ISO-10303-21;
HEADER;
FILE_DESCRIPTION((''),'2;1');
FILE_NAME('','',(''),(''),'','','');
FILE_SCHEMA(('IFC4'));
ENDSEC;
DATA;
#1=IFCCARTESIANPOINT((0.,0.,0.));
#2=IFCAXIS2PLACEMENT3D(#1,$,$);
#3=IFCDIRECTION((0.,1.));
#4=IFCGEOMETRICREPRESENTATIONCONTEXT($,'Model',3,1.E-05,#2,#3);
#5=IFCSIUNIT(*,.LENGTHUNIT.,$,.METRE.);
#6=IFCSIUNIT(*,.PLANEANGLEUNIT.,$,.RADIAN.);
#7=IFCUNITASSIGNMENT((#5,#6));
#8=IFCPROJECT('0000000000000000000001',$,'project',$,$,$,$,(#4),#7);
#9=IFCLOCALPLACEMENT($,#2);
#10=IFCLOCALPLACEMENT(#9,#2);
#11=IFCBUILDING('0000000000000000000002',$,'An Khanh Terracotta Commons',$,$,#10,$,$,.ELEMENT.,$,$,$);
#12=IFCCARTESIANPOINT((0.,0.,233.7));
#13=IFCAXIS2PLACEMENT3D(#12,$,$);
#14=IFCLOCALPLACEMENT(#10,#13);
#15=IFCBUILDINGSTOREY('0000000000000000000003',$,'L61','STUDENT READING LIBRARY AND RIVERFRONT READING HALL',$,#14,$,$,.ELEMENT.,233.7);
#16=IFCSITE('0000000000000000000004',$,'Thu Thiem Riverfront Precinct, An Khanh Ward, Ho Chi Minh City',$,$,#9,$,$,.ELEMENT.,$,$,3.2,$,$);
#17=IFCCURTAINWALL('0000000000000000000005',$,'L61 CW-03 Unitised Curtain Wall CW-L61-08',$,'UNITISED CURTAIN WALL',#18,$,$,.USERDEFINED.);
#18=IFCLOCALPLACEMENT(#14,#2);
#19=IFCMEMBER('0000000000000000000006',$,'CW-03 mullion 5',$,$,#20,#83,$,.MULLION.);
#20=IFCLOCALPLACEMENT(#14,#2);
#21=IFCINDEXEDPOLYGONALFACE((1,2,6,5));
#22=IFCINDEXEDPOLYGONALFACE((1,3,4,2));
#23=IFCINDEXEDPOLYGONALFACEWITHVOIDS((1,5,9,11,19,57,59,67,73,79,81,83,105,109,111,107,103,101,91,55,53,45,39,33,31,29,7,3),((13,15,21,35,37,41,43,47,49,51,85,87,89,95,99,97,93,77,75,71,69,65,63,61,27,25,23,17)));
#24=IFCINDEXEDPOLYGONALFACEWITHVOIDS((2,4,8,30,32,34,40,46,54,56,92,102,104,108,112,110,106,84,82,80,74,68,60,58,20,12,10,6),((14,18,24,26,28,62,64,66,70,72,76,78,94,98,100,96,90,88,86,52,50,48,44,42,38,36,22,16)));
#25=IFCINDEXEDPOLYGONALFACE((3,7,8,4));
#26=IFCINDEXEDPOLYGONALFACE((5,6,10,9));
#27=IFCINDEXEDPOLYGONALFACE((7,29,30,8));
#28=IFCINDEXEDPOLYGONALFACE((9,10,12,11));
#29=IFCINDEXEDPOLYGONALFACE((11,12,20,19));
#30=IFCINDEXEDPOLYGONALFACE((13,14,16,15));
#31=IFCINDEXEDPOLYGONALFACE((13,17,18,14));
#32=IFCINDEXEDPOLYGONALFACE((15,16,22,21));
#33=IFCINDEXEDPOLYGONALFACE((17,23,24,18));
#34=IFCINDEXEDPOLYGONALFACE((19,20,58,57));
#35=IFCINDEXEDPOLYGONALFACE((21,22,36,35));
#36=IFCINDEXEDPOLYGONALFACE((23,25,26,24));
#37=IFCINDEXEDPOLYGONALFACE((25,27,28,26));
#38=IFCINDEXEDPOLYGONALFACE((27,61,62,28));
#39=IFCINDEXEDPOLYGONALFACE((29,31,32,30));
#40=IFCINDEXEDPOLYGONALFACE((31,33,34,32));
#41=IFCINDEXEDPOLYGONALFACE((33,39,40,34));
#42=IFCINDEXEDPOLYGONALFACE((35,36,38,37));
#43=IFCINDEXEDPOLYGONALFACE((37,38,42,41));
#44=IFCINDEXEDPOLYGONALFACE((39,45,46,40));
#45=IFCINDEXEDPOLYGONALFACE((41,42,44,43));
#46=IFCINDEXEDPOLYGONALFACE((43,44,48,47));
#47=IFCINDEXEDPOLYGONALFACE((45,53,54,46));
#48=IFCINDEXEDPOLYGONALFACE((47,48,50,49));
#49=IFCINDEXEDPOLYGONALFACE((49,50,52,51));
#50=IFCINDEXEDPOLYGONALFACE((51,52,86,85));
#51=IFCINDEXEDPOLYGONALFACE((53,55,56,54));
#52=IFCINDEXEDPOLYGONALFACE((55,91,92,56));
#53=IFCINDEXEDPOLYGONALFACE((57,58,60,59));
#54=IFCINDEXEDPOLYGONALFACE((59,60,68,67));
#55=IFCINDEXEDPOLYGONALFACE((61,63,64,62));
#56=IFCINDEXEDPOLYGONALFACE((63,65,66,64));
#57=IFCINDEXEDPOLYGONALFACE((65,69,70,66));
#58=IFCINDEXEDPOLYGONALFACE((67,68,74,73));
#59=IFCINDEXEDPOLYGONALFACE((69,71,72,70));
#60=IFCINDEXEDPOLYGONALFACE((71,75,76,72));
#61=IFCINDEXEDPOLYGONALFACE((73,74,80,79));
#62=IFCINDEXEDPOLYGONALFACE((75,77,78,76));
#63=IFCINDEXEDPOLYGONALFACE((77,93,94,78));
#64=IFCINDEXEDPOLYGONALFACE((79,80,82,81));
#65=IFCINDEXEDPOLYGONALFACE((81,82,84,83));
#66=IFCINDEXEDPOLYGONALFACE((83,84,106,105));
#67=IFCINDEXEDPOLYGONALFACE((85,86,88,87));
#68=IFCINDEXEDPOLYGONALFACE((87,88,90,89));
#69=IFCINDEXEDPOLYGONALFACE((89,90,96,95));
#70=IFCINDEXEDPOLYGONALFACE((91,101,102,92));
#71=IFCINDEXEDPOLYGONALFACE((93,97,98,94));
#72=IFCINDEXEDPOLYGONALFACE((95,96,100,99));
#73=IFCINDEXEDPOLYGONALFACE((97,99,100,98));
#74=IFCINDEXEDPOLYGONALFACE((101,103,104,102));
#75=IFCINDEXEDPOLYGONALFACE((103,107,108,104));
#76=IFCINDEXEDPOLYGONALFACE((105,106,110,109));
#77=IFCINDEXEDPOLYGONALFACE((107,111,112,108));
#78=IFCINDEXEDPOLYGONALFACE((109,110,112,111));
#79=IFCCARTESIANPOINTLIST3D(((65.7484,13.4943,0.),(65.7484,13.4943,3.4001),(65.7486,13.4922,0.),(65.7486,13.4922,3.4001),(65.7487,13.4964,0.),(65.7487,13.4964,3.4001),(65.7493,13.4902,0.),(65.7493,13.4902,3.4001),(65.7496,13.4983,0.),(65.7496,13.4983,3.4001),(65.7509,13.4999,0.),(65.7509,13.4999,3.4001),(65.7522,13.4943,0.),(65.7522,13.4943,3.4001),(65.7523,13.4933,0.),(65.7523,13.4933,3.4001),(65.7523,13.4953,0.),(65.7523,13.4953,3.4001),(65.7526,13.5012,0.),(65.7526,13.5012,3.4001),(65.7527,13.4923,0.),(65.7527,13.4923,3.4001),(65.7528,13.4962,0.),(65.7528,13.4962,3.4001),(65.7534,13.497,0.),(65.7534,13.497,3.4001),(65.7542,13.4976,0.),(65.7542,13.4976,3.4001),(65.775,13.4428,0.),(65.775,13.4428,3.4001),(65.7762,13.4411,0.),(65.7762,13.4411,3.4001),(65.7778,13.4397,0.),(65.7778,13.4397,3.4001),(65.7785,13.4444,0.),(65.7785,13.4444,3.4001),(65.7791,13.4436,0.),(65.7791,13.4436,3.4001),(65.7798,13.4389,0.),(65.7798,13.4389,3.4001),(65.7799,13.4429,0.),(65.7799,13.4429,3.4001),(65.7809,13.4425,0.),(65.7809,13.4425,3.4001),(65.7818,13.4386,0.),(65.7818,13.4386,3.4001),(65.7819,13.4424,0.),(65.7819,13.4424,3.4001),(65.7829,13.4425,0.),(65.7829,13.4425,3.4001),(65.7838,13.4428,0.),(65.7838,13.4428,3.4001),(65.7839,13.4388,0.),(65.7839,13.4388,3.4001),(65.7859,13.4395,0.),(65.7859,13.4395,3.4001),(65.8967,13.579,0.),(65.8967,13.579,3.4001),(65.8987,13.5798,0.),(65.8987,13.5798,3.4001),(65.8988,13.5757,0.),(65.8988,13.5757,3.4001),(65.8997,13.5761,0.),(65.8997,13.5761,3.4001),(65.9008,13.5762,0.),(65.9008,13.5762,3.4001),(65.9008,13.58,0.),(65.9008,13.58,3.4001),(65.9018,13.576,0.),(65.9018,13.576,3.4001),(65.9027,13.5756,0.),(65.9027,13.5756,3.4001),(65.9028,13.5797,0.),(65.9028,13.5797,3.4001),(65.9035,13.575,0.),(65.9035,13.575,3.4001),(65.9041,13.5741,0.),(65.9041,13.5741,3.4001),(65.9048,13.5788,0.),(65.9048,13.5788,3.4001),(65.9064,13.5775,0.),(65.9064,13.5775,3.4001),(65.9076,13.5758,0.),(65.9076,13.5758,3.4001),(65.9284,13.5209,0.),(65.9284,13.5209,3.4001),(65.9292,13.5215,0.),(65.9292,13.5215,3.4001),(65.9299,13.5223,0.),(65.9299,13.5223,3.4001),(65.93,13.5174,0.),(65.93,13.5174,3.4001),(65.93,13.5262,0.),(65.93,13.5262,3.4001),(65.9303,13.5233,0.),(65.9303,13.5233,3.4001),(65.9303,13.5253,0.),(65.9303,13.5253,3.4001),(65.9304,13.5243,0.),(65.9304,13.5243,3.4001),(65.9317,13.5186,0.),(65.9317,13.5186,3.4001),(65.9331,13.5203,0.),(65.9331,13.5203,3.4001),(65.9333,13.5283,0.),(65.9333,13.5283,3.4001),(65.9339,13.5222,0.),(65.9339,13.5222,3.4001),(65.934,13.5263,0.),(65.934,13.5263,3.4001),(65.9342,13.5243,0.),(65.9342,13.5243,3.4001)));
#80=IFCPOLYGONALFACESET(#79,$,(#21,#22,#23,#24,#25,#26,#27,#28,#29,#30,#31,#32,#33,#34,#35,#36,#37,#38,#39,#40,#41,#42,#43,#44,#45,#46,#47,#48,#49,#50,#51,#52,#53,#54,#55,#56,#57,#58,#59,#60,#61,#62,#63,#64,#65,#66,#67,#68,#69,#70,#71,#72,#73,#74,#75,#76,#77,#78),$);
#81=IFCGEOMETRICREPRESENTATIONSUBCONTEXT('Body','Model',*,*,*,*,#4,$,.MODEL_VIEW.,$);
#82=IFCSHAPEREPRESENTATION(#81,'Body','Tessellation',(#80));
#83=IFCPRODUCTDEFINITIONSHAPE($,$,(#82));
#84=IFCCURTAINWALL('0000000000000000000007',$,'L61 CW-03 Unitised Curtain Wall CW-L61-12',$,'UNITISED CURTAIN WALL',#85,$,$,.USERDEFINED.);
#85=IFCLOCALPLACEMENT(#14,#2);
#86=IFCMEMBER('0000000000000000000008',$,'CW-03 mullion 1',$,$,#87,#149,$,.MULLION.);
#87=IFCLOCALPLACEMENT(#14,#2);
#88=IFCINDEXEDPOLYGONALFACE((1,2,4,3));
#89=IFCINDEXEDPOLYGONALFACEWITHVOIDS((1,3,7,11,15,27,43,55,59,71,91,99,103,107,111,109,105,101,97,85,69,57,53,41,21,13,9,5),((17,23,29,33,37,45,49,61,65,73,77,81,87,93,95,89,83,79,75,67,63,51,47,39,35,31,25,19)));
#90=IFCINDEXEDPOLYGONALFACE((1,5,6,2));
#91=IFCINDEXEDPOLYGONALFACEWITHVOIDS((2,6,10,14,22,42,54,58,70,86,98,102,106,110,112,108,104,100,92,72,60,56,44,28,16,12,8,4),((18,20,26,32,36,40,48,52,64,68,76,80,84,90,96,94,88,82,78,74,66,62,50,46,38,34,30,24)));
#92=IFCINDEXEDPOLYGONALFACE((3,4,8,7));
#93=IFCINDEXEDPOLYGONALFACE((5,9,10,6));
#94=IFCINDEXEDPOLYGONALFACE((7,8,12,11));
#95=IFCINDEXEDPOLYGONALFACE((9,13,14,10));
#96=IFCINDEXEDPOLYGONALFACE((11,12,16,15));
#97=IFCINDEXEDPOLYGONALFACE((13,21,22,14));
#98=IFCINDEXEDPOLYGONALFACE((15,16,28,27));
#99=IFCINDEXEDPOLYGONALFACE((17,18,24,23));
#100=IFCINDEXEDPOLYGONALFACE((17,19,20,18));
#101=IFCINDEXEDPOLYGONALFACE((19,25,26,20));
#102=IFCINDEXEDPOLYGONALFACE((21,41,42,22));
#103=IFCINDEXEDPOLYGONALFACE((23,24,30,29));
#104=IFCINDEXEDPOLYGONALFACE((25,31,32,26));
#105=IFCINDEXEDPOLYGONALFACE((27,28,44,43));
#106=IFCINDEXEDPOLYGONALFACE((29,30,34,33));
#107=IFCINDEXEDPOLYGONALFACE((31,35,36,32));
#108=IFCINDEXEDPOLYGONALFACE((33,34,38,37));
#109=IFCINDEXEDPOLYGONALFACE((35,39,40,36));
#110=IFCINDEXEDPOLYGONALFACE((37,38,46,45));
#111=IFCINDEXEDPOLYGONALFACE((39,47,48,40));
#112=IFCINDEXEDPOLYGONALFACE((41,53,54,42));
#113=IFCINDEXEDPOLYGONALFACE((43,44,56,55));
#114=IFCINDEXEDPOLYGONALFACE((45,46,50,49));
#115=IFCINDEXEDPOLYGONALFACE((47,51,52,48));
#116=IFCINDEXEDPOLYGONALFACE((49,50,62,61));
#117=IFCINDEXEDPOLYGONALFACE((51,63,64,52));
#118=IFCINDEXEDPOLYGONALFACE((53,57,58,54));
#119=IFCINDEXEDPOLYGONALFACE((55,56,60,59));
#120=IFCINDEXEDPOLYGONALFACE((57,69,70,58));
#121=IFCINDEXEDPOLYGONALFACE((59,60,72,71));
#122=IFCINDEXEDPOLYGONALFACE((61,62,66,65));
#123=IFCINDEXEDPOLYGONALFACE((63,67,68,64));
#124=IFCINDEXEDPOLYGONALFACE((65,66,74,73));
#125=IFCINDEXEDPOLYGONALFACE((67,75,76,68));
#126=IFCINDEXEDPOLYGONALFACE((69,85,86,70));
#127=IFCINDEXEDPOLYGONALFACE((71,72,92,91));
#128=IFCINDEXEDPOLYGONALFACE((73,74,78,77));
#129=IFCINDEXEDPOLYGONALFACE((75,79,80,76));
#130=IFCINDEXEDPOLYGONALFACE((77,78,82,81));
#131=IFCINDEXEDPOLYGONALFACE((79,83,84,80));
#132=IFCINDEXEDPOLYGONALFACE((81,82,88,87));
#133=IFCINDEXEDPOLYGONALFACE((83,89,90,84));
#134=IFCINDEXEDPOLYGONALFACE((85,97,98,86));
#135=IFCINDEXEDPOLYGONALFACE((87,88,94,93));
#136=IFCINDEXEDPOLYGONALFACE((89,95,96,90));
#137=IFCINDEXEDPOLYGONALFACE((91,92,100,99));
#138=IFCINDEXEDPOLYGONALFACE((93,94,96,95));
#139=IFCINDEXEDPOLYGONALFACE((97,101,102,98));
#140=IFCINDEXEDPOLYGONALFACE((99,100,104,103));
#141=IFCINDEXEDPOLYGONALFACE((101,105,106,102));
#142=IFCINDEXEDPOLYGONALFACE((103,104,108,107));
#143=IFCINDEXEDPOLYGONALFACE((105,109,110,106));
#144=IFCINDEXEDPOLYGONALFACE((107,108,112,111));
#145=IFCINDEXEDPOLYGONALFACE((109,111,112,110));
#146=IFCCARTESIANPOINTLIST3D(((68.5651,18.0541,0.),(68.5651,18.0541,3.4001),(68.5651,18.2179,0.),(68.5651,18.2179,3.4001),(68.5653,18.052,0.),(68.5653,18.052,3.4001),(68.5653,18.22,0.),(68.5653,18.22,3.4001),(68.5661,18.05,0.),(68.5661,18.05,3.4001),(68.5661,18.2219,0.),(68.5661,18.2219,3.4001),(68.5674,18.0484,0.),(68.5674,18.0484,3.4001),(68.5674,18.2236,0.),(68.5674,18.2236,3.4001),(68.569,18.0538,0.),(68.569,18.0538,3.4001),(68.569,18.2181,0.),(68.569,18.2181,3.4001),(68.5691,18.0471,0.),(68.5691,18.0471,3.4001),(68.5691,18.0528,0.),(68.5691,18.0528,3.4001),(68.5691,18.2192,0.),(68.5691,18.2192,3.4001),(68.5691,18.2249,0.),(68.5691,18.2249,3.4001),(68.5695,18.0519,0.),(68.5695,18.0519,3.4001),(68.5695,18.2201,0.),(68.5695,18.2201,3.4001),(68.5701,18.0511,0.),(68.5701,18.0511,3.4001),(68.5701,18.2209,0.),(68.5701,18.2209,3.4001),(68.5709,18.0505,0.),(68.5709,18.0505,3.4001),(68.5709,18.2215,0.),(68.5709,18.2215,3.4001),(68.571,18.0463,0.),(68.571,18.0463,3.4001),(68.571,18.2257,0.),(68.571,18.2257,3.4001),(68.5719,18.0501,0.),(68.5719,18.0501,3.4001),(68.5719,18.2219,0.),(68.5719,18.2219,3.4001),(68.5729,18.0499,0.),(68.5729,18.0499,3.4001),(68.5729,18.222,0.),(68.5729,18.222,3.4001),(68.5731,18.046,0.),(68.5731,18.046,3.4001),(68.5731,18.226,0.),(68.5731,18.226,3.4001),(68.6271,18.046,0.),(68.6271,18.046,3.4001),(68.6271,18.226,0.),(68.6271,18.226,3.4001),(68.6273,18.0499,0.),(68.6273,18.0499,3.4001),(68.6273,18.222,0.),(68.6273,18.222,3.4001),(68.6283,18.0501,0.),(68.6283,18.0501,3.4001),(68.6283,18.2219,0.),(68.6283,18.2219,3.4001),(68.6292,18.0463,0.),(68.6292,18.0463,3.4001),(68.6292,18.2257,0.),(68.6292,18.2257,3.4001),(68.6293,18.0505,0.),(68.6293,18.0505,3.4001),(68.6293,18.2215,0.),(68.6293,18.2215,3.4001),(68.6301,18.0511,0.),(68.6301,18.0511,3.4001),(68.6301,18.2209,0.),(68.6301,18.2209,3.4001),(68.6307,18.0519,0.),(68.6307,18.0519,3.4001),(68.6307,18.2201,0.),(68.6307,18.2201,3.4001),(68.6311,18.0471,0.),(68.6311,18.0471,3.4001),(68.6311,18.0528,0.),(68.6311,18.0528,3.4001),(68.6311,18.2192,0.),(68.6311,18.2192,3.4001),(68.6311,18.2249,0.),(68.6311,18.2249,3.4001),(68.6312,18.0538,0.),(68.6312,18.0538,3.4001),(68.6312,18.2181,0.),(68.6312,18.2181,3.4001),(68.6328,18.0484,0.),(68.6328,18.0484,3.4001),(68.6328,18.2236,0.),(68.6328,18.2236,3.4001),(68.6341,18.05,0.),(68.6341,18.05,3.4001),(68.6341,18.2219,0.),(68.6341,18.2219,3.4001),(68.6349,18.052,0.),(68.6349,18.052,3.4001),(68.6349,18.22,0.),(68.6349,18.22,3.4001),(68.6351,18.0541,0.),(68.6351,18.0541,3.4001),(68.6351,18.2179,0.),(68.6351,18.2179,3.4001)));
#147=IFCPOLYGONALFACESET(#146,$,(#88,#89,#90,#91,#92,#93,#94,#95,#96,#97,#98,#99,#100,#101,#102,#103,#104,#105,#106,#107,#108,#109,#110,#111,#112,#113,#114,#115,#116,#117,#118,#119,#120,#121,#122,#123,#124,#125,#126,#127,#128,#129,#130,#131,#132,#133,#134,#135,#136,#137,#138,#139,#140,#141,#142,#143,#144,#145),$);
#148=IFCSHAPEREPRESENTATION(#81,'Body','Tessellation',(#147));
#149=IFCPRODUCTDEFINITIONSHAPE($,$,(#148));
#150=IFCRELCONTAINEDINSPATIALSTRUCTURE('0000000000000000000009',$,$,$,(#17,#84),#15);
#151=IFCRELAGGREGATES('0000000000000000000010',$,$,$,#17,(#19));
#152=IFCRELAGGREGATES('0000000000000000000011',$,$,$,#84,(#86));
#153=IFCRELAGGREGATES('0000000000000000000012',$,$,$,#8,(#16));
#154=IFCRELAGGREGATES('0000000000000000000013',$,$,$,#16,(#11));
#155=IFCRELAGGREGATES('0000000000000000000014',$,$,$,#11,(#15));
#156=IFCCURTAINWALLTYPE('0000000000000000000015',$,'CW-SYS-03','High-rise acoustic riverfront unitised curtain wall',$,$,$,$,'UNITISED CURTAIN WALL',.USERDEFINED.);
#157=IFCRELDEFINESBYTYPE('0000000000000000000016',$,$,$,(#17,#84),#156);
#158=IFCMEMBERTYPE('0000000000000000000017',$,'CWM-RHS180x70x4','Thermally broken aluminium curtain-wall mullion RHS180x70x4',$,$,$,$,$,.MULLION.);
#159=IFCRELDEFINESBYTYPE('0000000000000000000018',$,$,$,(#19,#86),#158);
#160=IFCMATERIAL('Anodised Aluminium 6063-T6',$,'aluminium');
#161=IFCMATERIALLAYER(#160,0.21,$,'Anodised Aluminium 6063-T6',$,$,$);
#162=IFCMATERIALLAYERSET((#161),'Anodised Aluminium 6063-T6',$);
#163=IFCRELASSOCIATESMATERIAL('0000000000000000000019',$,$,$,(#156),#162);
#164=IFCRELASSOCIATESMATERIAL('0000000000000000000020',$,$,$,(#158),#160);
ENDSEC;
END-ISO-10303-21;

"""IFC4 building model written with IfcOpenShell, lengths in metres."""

from ifc_helpers import new_model, si_unit, direction, frame, origin, origin_2d, place, context, subcontext, project, spatial, hollow_rectangle, extrude, material, layer, layer_set, material_profile, profile_set, type_object, element, aggregate, save


model = new_model("IFC4")

# Units and contexts
model_context = context("Model", 3, precision=1e-05, world=origin(), true_north=direction((0.0, 1.0)))
body_context = subcontext(model_context, "Body", "Model", "MODEL_VIEW")
ifc_project = project(units=[si_unit("LENGTHUNIT", "METRE"), si_unit("PLANEANGLEUNIT", "RADIAN")], contexts=[model_context])

# Site, building, storey
site_placement = place(None, origin())
site = spatial("IfcSite", under=ifc_project, at=site_placement, Name="Thu Thiem Riverfront Precinct, An Khanh Ward, Ho Chi Minh City", CompositionType="ELEMENT", RefElevation=3.2)
building_placement = place(site_placement, origin())
building = spatial("IfcBuilding", under=site, at=building_placement, Name="An Khanh Terracotta Commons", CompositionType="ELEMENT")
storey_placement = place(building_placement, frame((0.0, 0.0, 233.7)))
storey = spatial("IfcBuildingStorey", under=building, at=storey_placement, Name="L61", Description="STUDENT READING LIBRARY AND RIVERFRONT READING HALL", CompositionType="ELEMENT", Elevation=233.7)

# Curtain walls, members
ifc_material_1 = material(Name="Anodised Aluminium 6063-T6", Category="aluminium")
ifc_layer_1 = layer(ifc_material_1, 0.21, Name="Anodised Aluminium 6063-T6")
ifc_layer_set_1 = layer_set([ifc_layer_1], Name="Anodised Aluminium 6063-T6")
curtain_wall_type = type_object("IfcCurtainWallType", Name="CW-SYS-03", Description="High-rise acoustic riverfront unitised curtain wall", ElementType="UNITISED CURTAIN WALL", PredefinedType="USERDEFINED", material=ifc_layer_set_1)
curtain_wall_1_placement = place(storey_placement, origin())
curtain_wall_1 = element("IfcCurtainWall", 1, at=curtain_wall_1_placement, inside=storey, type_object=curtain_wall_type, Name="L61 CW-03 Unitised Curtain Wall CW-L61-08", ObjectType="UNITISED CURTAIN WALL", PredefinedType="USERDEFINED")
ifc_material_profile_1 = material_profile(ifc_material_1, hollow_rectangle(XDim=0.0701, YDim=0.1799, WallThickness=0.0039, InnerFilletRadius=0.0039, OuterFilletRadius=0.0081, at=origin_2d()), Name="RHS180x70x4")
ifc_profile_set_1 = profile_set([ifc_material_profile_1], Name="Anodised Aluminium 6063-T6")
member_type_1 = type_object("IfcMemberType", Name="CWM-RHS180x70x4", Description="Thermally broken aluminium curtain-wall mullion RHS180x70x4", PredefinedType="MULLION", material=ifc_profile_set_1)
member_1_placement = place(storey_placement, frame((65.8413, 13.5093, 0.0), z_axis=(0.0, 0.0, 1.0), x_axis=(-0.475381, 0.87978, 0.0)))
member_1 = element("IfcMember", 2, at=member_1_placement, type_object=member_type_1, Name="CW-03 mullion 5", PredefinedType="MULLION", context=body_context, shape_type="SweptSolid", body=[
    extrude(hollow_rectangle(XDim=0.0701, YDim=0.1799, WallThickness=0.0039, InnerFilletRadius=0.0039, OuterFilletRadius=0.0081, at=origin_2d()), origin(), (0.0, 0.0, 1.0), 3.4001),
])
curtain_wall_2_placement = place(storey_placement, origin())
curtain_wall_2 = element("IfcCurtainWall", 3, at=curtain_wall_2_placement, inside=storey, type_object=curtain_wall_type, Name="L61 CW-03 Unitised Curtain Wall CW-L61-12", ObjectType="UNITISED CURTAIN WALL", PredefinedType="USERDEFINED")
member_2_placement = place(storey_placement, frame((68.6001, 18.136, 0.0), z_axis=(0.0, 0.0, 1.0), x_axis=(-1.0, 0.0, 0.0)))
member_2 = element("IfcMember", 4, at=member_2_placement, type_object=member_type_1, Name="CW-03 mullion 1", PredefinedType="MULLION", context=body_context, shape_type="SweptSolid", body=[
    extrude(hollow_rectangle(XDim=0.0701, YDim=0.1799, WallThickness=0.0039, InnerFilletRadius=0.0039, OuterFilletRadius=0.0081, at=origin_2d()), origin(), (0.0, 0.0, 1.0), 3.4001),
])

aggregate(curtain_wall_1, [member_1])
aggregate(curtain_wall_2, [member_2])

save(model, "model.ifc")
